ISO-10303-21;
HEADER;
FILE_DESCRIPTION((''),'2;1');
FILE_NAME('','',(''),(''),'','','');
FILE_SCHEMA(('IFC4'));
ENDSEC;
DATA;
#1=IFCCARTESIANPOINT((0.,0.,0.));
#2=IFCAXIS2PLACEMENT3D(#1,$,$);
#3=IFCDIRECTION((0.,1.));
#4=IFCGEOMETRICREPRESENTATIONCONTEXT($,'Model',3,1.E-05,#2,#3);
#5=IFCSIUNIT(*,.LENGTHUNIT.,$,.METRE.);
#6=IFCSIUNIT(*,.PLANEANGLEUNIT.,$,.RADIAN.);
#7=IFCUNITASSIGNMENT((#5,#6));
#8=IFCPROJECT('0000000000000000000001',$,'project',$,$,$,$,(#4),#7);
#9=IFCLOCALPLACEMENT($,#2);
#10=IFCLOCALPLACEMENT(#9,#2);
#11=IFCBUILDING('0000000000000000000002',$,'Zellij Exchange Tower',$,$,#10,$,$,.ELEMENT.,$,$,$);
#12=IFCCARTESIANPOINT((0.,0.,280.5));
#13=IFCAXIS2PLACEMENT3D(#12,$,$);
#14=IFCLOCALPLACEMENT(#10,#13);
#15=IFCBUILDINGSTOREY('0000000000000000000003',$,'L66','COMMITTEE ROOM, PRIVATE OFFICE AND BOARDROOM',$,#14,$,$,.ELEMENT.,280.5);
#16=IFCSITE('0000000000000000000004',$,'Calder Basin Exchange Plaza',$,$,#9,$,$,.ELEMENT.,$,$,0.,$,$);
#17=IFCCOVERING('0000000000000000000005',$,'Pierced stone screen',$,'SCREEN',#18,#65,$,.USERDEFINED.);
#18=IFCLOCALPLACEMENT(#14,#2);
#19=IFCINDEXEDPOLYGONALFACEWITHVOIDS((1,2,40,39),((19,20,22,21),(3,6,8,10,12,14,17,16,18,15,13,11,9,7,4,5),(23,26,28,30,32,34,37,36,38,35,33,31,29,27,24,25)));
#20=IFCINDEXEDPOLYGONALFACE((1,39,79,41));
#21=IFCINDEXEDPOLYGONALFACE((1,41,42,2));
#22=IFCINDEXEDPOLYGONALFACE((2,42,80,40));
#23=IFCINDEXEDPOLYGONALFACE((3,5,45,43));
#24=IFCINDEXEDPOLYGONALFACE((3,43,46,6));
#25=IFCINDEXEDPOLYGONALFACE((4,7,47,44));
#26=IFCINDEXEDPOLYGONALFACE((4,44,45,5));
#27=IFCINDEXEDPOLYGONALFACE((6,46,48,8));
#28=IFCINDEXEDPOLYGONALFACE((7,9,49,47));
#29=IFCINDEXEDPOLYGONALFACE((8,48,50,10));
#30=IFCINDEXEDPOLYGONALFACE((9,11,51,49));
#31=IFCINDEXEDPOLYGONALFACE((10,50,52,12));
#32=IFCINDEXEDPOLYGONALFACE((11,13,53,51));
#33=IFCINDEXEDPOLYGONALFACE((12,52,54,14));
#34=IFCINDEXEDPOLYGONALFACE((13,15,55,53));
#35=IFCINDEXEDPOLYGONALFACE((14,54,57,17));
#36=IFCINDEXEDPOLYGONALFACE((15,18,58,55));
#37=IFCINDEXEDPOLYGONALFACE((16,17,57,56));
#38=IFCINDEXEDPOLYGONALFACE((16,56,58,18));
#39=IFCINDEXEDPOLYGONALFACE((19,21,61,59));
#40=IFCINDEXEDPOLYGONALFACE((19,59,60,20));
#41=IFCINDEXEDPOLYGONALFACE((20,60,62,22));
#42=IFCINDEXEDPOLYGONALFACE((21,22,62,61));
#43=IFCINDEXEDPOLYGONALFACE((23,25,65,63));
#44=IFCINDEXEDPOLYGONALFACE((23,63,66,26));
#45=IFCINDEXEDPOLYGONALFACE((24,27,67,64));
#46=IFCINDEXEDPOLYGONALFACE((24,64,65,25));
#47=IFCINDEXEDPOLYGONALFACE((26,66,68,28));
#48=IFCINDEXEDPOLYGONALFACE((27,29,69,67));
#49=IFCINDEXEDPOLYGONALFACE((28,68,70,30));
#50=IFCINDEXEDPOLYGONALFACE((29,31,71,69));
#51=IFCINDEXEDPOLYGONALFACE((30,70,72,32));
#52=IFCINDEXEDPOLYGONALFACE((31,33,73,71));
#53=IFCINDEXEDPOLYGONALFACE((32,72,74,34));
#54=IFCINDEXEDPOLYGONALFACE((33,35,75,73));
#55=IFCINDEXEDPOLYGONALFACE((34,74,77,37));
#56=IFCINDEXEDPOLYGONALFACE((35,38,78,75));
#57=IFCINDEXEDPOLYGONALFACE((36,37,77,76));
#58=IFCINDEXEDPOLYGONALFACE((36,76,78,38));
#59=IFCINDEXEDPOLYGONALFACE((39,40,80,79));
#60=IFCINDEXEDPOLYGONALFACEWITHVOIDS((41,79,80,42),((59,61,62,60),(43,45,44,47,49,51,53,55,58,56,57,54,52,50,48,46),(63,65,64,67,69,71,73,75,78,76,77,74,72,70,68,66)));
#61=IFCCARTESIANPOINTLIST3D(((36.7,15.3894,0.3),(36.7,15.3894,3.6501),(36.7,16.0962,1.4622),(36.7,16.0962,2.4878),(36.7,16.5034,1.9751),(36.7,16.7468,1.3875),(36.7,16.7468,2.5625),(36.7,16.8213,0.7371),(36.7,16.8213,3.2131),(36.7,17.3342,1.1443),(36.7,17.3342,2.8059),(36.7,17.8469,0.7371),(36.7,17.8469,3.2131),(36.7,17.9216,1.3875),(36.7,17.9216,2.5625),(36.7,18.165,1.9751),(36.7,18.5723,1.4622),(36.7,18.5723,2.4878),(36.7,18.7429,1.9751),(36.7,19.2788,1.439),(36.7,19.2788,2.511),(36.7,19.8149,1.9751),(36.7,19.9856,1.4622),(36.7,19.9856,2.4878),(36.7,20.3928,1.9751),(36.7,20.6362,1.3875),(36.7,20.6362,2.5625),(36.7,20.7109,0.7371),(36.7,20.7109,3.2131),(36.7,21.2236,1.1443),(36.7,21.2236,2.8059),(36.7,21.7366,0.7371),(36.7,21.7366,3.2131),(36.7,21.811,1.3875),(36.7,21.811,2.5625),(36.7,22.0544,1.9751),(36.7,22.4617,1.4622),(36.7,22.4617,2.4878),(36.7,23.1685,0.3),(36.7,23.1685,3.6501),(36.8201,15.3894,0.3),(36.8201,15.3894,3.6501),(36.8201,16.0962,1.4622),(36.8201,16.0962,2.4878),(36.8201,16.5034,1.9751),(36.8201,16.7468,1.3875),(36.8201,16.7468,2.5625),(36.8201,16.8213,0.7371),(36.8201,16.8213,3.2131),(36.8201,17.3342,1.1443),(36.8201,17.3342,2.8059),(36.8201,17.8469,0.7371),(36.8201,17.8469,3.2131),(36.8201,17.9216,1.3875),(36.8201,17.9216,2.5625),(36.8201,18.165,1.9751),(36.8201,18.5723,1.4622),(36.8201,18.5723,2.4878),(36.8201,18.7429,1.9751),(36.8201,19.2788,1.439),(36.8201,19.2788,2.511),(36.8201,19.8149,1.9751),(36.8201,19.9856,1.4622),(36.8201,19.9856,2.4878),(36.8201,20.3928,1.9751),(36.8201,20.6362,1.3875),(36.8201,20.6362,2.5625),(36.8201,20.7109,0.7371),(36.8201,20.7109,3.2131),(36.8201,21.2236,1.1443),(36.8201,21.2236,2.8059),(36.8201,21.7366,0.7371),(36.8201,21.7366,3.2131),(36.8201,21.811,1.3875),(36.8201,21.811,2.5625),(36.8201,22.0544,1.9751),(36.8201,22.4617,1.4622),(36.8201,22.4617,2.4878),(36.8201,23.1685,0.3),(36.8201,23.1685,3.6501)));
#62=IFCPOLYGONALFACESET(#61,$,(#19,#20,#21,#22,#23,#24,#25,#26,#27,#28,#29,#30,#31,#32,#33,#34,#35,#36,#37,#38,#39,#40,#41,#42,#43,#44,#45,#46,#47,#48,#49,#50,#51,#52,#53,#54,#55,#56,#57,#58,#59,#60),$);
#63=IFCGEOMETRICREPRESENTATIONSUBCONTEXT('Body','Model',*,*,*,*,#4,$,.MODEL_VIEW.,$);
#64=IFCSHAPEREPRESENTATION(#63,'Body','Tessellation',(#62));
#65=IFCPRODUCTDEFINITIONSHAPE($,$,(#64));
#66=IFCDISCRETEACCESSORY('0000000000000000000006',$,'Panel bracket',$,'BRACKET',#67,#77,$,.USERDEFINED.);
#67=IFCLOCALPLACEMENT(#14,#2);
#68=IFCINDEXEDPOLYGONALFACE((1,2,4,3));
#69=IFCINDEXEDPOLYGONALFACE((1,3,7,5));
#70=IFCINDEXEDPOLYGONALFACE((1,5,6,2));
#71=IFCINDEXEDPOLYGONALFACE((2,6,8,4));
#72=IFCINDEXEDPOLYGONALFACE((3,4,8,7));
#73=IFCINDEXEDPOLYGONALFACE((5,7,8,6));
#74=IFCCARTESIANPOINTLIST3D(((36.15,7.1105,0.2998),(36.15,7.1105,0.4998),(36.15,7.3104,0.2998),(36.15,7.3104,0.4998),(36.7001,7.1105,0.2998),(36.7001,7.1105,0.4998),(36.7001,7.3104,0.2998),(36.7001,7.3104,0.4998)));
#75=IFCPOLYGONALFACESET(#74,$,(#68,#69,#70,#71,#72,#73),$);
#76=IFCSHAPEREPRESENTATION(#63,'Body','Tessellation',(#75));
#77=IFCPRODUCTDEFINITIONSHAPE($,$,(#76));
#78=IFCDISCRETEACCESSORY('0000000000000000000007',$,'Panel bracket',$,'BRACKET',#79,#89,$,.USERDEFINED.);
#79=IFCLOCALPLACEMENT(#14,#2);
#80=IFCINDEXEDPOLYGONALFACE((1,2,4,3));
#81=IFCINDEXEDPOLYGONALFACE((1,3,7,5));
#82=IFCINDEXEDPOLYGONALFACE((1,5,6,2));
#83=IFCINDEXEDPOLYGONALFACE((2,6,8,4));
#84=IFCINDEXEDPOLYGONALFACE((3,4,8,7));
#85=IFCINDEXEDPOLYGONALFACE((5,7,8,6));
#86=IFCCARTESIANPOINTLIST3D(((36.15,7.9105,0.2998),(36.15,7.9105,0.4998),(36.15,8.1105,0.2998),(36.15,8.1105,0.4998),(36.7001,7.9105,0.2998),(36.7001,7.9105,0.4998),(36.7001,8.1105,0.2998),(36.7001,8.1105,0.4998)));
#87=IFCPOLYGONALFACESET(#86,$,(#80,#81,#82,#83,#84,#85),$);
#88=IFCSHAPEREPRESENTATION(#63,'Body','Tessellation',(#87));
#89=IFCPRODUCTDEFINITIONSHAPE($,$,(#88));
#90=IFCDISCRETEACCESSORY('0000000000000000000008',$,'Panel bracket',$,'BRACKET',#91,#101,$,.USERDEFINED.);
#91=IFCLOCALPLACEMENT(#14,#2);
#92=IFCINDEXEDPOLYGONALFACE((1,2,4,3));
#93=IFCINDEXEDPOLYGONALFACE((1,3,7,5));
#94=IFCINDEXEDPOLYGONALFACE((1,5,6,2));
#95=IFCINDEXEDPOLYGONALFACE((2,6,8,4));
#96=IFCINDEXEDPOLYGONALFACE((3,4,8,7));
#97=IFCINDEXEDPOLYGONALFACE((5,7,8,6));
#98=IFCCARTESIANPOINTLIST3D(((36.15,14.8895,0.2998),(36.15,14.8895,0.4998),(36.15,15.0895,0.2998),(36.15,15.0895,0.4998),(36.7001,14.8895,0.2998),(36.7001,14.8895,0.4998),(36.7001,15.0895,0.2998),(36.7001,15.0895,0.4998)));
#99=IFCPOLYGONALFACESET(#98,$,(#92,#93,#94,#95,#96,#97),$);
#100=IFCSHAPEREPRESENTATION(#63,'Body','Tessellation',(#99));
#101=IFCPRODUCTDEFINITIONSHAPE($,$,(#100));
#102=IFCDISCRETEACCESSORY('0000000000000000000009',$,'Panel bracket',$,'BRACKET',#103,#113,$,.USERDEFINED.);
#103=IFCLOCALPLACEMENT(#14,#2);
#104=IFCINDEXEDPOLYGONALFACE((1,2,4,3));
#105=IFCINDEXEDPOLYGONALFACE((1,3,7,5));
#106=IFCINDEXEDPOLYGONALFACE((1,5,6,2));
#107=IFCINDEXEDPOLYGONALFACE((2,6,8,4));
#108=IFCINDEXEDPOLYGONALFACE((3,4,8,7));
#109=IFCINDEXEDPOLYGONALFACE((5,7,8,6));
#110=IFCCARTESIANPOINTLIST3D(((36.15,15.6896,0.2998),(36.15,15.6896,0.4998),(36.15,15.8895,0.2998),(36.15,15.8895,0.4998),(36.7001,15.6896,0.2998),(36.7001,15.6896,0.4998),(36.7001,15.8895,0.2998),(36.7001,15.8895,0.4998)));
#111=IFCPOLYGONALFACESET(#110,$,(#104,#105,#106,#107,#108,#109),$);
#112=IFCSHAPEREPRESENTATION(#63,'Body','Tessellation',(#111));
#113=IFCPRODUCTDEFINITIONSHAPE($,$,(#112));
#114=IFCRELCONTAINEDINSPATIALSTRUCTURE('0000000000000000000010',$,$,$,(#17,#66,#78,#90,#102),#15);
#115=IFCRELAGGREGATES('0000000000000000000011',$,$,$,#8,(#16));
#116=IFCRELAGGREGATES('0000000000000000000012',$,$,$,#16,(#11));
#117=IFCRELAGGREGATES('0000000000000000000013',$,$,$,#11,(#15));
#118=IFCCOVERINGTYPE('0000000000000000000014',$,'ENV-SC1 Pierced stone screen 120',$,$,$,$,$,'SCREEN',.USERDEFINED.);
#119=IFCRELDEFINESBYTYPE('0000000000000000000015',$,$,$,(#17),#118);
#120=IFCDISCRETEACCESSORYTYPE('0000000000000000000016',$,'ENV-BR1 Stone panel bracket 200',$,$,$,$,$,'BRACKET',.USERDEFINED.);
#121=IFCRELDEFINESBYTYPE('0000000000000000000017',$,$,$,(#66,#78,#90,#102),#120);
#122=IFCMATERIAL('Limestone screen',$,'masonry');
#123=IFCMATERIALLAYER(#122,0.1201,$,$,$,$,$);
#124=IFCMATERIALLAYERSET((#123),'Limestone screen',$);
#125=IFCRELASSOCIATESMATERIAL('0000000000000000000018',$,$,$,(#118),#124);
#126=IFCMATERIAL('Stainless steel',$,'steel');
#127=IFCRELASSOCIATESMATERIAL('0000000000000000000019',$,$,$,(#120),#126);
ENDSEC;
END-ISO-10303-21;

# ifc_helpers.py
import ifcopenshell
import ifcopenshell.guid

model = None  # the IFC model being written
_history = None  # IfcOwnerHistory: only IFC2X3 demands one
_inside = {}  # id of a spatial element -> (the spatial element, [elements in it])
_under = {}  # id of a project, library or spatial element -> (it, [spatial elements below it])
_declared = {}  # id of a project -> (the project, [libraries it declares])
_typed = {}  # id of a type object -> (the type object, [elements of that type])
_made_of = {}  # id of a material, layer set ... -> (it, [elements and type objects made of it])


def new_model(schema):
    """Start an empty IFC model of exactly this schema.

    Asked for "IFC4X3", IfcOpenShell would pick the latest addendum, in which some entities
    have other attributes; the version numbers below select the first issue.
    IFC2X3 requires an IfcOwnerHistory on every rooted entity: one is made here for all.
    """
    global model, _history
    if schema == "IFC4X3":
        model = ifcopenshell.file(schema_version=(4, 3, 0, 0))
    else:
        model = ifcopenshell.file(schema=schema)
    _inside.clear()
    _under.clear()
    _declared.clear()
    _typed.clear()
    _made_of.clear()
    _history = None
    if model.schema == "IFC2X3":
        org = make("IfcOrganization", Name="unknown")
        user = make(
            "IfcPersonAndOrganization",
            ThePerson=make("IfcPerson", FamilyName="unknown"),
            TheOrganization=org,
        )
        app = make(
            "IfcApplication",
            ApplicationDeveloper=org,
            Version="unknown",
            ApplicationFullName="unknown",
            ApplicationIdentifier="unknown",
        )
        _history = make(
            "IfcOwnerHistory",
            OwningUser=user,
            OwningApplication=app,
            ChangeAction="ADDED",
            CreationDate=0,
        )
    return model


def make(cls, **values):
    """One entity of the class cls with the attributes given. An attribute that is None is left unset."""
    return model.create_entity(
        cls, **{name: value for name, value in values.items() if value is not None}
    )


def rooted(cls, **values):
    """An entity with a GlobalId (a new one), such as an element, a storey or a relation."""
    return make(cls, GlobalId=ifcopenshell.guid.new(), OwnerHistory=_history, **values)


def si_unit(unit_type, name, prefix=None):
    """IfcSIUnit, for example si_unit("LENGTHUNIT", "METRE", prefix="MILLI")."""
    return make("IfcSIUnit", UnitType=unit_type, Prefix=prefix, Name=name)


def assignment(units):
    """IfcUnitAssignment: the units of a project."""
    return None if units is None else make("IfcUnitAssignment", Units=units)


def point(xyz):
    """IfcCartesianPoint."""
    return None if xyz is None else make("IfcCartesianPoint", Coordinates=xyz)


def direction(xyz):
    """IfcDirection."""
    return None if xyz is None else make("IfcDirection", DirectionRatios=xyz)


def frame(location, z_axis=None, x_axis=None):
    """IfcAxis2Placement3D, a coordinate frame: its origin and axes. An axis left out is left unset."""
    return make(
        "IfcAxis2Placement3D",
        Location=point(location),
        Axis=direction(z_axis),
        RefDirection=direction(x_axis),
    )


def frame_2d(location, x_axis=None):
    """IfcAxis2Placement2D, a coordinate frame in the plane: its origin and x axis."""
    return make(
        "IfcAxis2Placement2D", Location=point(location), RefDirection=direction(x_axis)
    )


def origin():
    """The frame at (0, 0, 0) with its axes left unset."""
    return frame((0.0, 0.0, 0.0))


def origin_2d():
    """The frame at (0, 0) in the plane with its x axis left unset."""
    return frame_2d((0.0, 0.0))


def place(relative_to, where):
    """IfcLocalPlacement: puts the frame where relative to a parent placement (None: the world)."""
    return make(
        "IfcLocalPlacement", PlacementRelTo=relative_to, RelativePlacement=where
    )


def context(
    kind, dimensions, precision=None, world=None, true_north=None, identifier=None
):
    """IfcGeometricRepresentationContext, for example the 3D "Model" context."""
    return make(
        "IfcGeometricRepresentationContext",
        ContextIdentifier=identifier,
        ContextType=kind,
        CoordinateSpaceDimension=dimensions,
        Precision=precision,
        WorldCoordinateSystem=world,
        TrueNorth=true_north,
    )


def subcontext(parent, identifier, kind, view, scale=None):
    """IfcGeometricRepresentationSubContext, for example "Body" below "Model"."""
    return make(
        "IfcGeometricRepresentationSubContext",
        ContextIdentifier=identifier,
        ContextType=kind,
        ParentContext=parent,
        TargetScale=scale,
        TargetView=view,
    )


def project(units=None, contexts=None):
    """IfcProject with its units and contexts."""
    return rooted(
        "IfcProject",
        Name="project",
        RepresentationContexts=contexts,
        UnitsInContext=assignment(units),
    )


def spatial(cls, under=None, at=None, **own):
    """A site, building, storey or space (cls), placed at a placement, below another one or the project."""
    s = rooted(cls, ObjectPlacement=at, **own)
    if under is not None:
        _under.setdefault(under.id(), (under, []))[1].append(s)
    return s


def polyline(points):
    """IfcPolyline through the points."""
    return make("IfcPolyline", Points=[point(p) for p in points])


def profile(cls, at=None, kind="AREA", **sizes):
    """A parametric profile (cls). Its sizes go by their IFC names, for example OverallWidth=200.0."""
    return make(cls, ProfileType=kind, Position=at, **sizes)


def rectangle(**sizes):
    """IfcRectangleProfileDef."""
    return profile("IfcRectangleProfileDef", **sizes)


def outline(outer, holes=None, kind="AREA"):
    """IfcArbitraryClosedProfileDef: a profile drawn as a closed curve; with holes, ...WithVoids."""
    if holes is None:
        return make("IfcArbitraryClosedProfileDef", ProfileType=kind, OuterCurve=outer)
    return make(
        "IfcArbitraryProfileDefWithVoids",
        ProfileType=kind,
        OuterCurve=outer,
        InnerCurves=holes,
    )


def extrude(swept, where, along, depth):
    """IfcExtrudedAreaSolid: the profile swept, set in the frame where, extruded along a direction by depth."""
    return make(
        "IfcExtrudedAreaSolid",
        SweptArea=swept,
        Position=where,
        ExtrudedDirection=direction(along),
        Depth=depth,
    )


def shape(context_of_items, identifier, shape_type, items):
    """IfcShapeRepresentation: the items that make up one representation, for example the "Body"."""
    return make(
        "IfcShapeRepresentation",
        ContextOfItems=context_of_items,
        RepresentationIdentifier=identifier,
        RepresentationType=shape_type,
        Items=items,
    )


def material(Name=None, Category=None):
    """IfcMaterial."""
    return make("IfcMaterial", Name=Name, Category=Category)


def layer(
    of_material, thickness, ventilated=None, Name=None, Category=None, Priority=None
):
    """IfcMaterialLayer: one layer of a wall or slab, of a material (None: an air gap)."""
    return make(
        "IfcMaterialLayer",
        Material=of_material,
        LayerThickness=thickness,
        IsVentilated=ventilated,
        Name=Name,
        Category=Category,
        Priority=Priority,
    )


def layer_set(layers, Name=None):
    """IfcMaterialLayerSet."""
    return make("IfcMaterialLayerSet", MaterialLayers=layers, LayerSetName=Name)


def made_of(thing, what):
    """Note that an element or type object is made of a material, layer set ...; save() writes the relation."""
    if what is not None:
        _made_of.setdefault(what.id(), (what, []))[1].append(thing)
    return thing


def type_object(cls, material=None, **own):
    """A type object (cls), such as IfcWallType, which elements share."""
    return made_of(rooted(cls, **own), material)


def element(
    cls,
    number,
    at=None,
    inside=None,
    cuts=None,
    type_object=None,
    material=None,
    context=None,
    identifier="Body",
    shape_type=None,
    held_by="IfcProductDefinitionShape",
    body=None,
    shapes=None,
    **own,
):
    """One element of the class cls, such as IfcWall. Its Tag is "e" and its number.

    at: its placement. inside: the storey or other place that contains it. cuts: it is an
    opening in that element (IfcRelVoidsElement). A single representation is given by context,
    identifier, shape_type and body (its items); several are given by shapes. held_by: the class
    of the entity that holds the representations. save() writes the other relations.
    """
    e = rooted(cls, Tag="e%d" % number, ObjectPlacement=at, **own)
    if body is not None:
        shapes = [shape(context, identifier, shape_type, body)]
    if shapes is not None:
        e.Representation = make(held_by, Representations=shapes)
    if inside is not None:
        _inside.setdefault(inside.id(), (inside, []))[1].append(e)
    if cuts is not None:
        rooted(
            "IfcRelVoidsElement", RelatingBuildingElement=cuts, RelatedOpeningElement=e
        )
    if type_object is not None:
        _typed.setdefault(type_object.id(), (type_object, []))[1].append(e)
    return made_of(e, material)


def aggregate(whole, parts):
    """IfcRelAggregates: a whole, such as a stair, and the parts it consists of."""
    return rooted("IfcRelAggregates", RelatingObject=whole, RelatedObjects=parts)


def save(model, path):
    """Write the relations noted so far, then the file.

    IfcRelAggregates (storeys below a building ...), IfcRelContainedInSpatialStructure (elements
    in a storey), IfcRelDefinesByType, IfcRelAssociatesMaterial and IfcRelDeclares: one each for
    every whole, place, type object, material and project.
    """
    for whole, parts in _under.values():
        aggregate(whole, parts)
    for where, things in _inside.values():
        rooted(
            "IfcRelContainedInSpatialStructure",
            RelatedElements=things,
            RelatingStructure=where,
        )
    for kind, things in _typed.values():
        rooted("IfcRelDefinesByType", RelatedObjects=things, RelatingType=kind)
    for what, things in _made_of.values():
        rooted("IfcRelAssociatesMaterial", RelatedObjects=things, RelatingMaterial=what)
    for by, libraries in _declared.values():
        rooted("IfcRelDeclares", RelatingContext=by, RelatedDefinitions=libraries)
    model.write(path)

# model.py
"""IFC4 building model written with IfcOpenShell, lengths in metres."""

from ifc_helpers import new_model, si_unit, direction, frame, origin, origin_2d, place, context, subcontext, project, spatial, polyline, rectangle, outline, extrude, material, layer, layer_set, type_object, element, save


model = new_model("IFC4")

# Units and contexts
model_context = context("Model", 3, precision=1e-05, world=origin(), true_north=direction((0.0, 1.0)))
body_context = subcontext(model_context, "Body", "Model", "MODEL_VIEW")
ifc_project = project(units=[si_unit("LENGTHUNIT", "METRE"), si_unit("PLANEANGLEUNIT", "RADIAN")], contexts=[model_context])

# Site, building, storey
site_placement = place(None, origin())
site = spatial("IfcSite", under=ifc_project, at=site_placement, Name="Calder Basin Exchange Plaza", CompositionType="ELEMENT", RefElevation=0.0)
building_placement = place(site_placement, origin())
building = spatial("IfcBuilding", under=site, at=building_placement, Name="Zellij Exchange Tower", CompositionType="ELEMENT")
storey_placement = place(building_placement, frame((0.0, 0.0, 280.5)))
storey = spatial("IfcBuildingStorey", under=building, at=storey_placement, Name="L66", Description="COMMITTEE ROOM, PRIVATE OFFICE AND BOARDROOM", CompositionType="ELEMENT", Elevation=280.5)

# Covering
ifc_material_1 = material(Name="Limestone screen", Category="masonry")
ifc_layer_1 = layer(ifc_material_1, 0.1201)
ifc_layer_set_1 = layer_set([ifc_layer_1], Name="Limestone screen")
covering_type = type_object("IfcCoveringType", Name="ENV-SC1 Pierced stone screen 120", ElementType="SCREEN", PredefinedType="USERDEFINED", material=ifc_layer_set_1)
for number, where, z_axis, x_axis, name in (
    (1, (36.76, 15.3894, 0.3), (0.0, 0.0, 1.0), (0.0, 1.0, 0.0), "Pierced stone screen"),
):
    element("IfcCovering", number, at=place(storey_placement, frame(where, z_axis=z_axis, x_axis=x_axis)), inside=storey, type_object=covering_type, Name=name, ObjectType="SCREEN", PredefinedType="USERDEFINED", context=body_context, shape_type="SweptSolid", body=[
        extrude(outline(polyline([(0.0, 0.0), (7.7791, 0.0), (7.7791, 3.3501), (0.0, 3.3501), (0.0, 0.0)]), holes=[polyline([(3.1829, 2.1877), (2.5322, 2.2625), (2.4575, 2.9131), (1.9448, 2.5059), (1.4319, 2.9131), (1.3574, 2.2625), (0.7068, 2.1877), (1.114, 1.675), (0.7068, 1.1621), (1.3574, 1.0874), (1.4319, 0.437), (1.9448, 0.8442), (2.4575, 0.437), (2.5322, 1.0874), (3.1829, 1.1621), (2.7756, 1.675), (3.1829, 2.1877)]), polyline([(7.0723, 2.1877), (6.4216, 2.2625), (6.3472, 2.9131), (5.8342, 2.5059), (5.3215, 2.9131), (5.2468, 2.2625), (4.5962, 2.1877), (5.0034, 1.675), (4.5962, 1.1621), (5.2468, 1.0874), (5.3215, 0.437), (5.8342, 0.8442), (6.3472, 0.437), (6.4216, 1.0874), (7.0723, 1.1621), (6.665, 1.675), (7.0723, 2.1877)]), polyline([(4.4255, 1.675), (3.8894, 2.2109), (3.3535, 1.675), (3.8894, 1.1389), (4.4255, 1.675)])]), frame((0.0, 0.0601, 0.0), z_axis=(0.0, -1.0, 0.0), x_axis=(1.0, 0.0, 0.0)), (0.0, 0.0, 1.0), 0.1201),
    ])

# Discrete accessories
ifc_material_2 = material(Name="Stainless steel", Category="steel")
discrete_accessory_type = type_object("IfcDiscreteAccessoryType", Name="ENV-BR1 Stone panel bracket 200", ElementType="BRACKET", PredefinedType="USERDEFINED", material=ifc_material_2)
for number, where, z_axis, x_axis, name in (
    (2, (36.425, 7.2104, 0.2998), (0.0, 0.0, 1.0), (0.0, 1.0, 0.0), "Panel bracket"),
    (3, (36.425, 8.0105, 0.2998), (0.0, 0.0, 1.0), (0.0, 1.0, 0.0), "Panel bracket"),
    (4, (36.425, 14.9895, 0.2998), (0.0, 0.0, 1.0), (0.0, 1.0, 0.0), "Panel bracket"),
    (5, (36.425, 15.7896, 0.2998), (0.0, 0.0, 1.0), (0.0, 1.0, 0.0), "Panel bracket"),
):
    element("IfcDiscreteAccessory", number, at=place(storey_placement, frame(where, z_axis=z_axis, x_axis=x_axis)), inside=storey, type_object=discrete_accessory_type, Name=name, ObjectType="BRACKET", PredefinedType="USERDEFINED", context=body_context, shape_type="SweptSolid", body=[
        extrude(rectangle(XDim=0.2, YDim=0.55, at=origin_2d()), origin(), (0.0, 0.0, 1.0), 0.2),
    ])

save(model, "model.ifc")
